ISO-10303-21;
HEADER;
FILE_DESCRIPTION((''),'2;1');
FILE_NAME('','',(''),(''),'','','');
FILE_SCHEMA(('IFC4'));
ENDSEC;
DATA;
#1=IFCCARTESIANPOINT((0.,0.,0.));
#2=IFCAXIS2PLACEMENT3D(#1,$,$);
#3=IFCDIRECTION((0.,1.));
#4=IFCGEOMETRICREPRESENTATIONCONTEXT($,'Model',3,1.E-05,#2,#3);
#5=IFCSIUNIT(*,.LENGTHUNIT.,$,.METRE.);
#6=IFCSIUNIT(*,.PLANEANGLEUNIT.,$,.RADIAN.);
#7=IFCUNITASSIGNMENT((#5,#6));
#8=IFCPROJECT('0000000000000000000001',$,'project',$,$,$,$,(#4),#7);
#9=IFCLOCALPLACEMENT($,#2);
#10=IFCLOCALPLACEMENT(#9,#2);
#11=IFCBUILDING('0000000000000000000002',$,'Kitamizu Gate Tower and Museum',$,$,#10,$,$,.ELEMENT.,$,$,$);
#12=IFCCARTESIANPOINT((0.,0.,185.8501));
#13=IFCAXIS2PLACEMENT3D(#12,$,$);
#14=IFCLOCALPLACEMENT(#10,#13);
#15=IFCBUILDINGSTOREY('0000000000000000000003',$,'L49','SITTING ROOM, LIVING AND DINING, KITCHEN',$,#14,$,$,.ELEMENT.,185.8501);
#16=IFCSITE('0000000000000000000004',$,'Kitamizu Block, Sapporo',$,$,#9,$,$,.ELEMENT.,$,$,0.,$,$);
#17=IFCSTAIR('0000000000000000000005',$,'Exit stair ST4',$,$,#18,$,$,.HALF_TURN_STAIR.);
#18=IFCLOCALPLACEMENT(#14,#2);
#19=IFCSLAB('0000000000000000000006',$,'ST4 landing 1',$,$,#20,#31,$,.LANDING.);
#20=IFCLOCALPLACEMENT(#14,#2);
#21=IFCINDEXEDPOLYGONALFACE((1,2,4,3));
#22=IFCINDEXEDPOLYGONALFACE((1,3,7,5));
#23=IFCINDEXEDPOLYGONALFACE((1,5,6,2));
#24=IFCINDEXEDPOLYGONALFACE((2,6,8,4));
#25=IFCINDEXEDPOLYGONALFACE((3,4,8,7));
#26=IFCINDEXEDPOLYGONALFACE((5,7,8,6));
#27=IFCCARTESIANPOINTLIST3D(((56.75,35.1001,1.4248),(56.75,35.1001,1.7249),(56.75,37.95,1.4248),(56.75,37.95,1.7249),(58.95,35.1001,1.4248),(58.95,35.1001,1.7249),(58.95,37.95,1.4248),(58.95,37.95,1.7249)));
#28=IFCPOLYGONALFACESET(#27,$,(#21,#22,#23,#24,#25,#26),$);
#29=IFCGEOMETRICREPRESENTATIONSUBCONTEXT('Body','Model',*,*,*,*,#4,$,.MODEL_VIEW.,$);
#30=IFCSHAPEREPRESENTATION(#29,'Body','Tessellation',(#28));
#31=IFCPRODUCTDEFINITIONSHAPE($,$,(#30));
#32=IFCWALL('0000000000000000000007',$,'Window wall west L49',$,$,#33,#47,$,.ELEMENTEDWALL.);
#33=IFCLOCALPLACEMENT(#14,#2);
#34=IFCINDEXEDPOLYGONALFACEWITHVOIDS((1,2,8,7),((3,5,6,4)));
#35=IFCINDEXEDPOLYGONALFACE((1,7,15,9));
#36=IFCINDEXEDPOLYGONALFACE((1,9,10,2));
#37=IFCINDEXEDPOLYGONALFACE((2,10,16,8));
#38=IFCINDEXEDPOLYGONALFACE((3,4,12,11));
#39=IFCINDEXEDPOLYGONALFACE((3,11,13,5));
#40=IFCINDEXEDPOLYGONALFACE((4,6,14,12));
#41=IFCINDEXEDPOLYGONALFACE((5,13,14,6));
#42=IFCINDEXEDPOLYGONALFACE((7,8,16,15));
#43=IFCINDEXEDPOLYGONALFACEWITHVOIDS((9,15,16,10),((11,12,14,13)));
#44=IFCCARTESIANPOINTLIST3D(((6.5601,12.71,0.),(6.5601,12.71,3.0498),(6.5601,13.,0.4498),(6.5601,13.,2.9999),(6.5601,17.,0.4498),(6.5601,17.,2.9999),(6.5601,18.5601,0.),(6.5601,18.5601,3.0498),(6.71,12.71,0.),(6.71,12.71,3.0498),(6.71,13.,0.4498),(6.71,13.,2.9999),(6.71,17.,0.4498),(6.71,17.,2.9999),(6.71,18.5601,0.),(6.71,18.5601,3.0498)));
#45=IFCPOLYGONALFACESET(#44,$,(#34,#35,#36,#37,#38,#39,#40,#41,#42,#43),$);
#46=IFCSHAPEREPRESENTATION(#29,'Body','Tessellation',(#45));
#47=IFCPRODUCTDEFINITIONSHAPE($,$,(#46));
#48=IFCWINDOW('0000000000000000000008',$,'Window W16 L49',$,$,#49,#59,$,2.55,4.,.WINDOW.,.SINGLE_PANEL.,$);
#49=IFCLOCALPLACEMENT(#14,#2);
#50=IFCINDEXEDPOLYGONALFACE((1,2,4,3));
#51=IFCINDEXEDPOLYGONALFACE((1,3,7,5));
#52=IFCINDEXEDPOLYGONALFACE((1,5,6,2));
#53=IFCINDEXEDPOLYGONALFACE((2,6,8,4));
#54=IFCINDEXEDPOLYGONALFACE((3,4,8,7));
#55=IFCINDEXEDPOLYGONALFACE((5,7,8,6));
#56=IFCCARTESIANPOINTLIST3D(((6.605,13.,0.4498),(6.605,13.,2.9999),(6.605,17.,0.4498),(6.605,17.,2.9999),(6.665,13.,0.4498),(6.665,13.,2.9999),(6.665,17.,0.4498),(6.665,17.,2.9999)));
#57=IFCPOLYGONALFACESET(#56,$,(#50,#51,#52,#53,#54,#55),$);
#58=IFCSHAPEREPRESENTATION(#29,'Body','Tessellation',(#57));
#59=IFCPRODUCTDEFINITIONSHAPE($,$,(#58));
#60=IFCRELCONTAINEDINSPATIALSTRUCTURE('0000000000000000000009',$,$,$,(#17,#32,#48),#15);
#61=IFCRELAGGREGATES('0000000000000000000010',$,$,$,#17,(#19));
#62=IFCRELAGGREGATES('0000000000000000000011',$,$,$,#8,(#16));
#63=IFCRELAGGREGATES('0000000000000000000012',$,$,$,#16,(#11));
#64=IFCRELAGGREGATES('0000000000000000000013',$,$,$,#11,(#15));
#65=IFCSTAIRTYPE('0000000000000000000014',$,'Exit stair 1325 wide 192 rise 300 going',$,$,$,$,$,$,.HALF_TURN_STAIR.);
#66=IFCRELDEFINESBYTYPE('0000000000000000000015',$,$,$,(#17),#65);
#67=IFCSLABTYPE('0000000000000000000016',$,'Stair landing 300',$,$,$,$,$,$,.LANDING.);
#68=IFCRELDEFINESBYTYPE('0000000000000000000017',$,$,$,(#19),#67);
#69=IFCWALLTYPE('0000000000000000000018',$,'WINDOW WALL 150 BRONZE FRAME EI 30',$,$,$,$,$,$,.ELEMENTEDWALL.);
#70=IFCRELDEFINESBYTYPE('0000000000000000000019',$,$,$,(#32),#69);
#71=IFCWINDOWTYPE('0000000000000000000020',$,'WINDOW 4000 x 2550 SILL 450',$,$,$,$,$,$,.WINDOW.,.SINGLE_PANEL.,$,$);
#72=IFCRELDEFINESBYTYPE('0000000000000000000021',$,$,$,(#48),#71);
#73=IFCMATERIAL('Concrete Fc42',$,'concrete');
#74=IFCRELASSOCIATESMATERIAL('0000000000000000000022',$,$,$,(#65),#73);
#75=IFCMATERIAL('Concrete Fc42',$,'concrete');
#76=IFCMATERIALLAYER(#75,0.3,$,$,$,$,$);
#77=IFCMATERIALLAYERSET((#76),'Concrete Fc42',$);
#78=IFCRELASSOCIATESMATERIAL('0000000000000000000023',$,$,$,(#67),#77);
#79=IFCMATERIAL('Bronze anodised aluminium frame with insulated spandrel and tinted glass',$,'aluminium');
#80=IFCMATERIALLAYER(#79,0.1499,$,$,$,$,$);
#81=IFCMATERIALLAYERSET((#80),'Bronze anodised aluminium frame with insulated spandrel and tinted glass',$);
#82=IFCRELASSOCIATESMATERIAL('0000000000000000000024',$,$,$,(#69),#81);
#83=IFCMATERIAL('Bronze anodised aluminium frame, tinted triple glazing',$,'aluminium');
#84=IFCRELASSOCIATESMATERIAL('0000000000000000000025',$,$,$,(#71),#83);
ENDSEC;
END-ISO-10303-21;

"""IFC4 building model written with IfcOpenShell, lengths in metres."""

from ifc_helpers import new_model, si_unit, direction, frame, frame_2d, origin, place, context, subcontext, project, spatial, polyline, rectangle, outline, extrude, material, layer, layer_set, type_object, element, fill, aggregate, save


model = new_model("IFC4")

# Units and contexts
model_context = context("Model", 3, precision=1e-05, world=origin(), true_north=direction((0.0, 1.0)))
body_context = subcontext(model_context, "Body", "Model", "MODEL_VIEW")
ifc_project = project(units=[si_unit("LENGTHUNIT", "METRE"), si_unit("PLANEANGLEUNIT", "RADIAN")], contexts=[model_context])

# Site, building, storey
site_placement = place(None, origin())
site = spatial("IfcSite", under=ifc_project, at=site_placement, Name="Kitamizu Block, Sapporo", CompositionType="ELEMENT", RefElevation=0.0)
building_placement = place(site_placement, origin())
building = spatial("IfcBuilding", under=site, at=building_placement, Name="Kitamizu Gate Tower and Museum", CompositionType="ELEMENT")
storey_placement = place(building_placement, frame((0.0, 0.0, 185.8501)))
storey = spatial("IfcBuildingStorey", under=building, at=storey_placement, Name="L49", Description="SITTING ROOM, LIVING AND DINING, KITCHEN", CompositionType="ELEMENT", Elevation=185.8501)

# Stair, slab
ifc_material_1 = material(Name="Concrete Fc42", Category="concrete")
stair_type = type_object("IfcStairType", Name="Exit stair 1325 wide 192 rise 300 going", PredefinedType="HALF_TURN_STAIR", material=ifc_material_1)
stair_placement = place(storey_placement, origin())
stair = element("IfcStair", 1, at=stair_placement, inside=storey, type_object=stair_type, Name="Exit stair ST4", PredefinedType="HALF_TURN_STAIR")
ifc_material_2 = material(Name="Concrete Fc42", Category="concrete")
ifc_layer_1 = layer(ifc_material_2, 0.3)
ifc_layer_set_1 = layer_set([ifc_layer_1], Name="Concrete Fc42")
slab_type = type_object("IfcSlabType", Name="Stair landing 300", PredefinedType="LANDING", material=ifc_layer_set_1)
slab_placement = place(storey_placement, frame((0.0, 0.0, 1.4248)))
slab = element("IfcSlab", 2, at=slab_placement, type_object=slab_type, Name="ST4 landing 1", PredefinedType="LANDING", context=body_context, shape_type="SweptSolid", body=[
    extrude(outline(polyline([(56.75, 35.1001), (58.95, 35.1001), (58.95, 37.95), (56.75, 37.95), (56.75, 35.1001)])), origin(), (0.0, 0.0, 1.0), 0.3),
])
aggregate(stair, [slab])

# Shared definitions
ifc_material_3 = material(Name="Bronze anodised aluminium frame with insulated spandrel and tinted glass", Category="aluminium")
ifc_layer_2 = layer(ifc_material_3, 0.1499)
ifc_layer_set_2 = layer_set([ifc_layer_2], Name="Bronze anodised aluminium frame with insulated spandrel and tinted glass")
wall_type = type_object("IfcWallType", Name="WINDOW WALL 150 BRONZE FRAME EI 30", PredefinedType="ELEMENTEDWALL", material=ifc_layer_set_2)

# Wall, opening, window
wall_1_placement = place(storey_placement, frame((6.635, 12.71, 0.0), z_axis=(0.0, 0.0, 1.0), x_axis=(0.0, 1.0, 0.0)))
wall_1 = element("IfcWall", 3, at=wall_1_placement, inside=storey, type_object=wall_type, Name="Window wall west L49", PredefinedType="ELEMENTEDWALL", context=body_context, shape_type="SweptSolid", body=[
    extrude(rectangle(XDim=5.8501, YDim=0.1499, at=frame_2d((2.925, 0.0))), origin(), (0.0, 0.0, 1.0), 3.0498),
])
opening_1_placement = place(wall_1_placement, frame((0.29, 0.0, 0.45)))
opening_1 = element("IfcOpeningElement", 4, at=opening_1_placement, cuts=wall_1, PredefinedType="OPENING", context=body_context, shape_type="SweptSolid", body=[
    extrude(rectangle(XDim=4.0, YDim=2.55, at=frame_2d((2.0, 1.2749))), frame((0.0, 0.085, 0.0), z_axis=(0.0, -1.0, 0.0), x_axis=(1.0, 0.0, 0.0)), (0.0, 0.0, 1.0), 0.1699),
])
ifc_material_4 = material(Name="Bronze anodised aluminium frame, tinted triple glazing", Category="aluminium")
window_type_1 = type_object("IfcWindowType", Name="WINDOW 4000 x 2550 SILL 450", PartitioningType="SINGLE_PANEL", PredefinedType="WINDOW", material=ifc_material_4)
window_1_placement = place(opening_1_placement, origin())
window_1 = element("IfcWindow", 5, at=window_1_placement, inside=storey, type_object=window_type_1, Name="Window W16 L49", OverallHeight=2.55, OverallWidth=4.0, PartitioningType="SINGLE_PANEL", PredefinedType="WINDOW", context=body_context, shape_type="SweptSolid", body=[
    extrude(rectangle(XDim=4.0, YDim=2.55, at=frame_2d((2.0, 1.2749))), frame((0.0, 0.03, 0.0), z_axis=(0.0, -1.0, 0.0), x_axis=(1.0, 0.0, 0.0)), (0.0, 0.0, 1.0), 0.0601),
])
fill(opening_1, window_1)

save(model, "model.ifc")
